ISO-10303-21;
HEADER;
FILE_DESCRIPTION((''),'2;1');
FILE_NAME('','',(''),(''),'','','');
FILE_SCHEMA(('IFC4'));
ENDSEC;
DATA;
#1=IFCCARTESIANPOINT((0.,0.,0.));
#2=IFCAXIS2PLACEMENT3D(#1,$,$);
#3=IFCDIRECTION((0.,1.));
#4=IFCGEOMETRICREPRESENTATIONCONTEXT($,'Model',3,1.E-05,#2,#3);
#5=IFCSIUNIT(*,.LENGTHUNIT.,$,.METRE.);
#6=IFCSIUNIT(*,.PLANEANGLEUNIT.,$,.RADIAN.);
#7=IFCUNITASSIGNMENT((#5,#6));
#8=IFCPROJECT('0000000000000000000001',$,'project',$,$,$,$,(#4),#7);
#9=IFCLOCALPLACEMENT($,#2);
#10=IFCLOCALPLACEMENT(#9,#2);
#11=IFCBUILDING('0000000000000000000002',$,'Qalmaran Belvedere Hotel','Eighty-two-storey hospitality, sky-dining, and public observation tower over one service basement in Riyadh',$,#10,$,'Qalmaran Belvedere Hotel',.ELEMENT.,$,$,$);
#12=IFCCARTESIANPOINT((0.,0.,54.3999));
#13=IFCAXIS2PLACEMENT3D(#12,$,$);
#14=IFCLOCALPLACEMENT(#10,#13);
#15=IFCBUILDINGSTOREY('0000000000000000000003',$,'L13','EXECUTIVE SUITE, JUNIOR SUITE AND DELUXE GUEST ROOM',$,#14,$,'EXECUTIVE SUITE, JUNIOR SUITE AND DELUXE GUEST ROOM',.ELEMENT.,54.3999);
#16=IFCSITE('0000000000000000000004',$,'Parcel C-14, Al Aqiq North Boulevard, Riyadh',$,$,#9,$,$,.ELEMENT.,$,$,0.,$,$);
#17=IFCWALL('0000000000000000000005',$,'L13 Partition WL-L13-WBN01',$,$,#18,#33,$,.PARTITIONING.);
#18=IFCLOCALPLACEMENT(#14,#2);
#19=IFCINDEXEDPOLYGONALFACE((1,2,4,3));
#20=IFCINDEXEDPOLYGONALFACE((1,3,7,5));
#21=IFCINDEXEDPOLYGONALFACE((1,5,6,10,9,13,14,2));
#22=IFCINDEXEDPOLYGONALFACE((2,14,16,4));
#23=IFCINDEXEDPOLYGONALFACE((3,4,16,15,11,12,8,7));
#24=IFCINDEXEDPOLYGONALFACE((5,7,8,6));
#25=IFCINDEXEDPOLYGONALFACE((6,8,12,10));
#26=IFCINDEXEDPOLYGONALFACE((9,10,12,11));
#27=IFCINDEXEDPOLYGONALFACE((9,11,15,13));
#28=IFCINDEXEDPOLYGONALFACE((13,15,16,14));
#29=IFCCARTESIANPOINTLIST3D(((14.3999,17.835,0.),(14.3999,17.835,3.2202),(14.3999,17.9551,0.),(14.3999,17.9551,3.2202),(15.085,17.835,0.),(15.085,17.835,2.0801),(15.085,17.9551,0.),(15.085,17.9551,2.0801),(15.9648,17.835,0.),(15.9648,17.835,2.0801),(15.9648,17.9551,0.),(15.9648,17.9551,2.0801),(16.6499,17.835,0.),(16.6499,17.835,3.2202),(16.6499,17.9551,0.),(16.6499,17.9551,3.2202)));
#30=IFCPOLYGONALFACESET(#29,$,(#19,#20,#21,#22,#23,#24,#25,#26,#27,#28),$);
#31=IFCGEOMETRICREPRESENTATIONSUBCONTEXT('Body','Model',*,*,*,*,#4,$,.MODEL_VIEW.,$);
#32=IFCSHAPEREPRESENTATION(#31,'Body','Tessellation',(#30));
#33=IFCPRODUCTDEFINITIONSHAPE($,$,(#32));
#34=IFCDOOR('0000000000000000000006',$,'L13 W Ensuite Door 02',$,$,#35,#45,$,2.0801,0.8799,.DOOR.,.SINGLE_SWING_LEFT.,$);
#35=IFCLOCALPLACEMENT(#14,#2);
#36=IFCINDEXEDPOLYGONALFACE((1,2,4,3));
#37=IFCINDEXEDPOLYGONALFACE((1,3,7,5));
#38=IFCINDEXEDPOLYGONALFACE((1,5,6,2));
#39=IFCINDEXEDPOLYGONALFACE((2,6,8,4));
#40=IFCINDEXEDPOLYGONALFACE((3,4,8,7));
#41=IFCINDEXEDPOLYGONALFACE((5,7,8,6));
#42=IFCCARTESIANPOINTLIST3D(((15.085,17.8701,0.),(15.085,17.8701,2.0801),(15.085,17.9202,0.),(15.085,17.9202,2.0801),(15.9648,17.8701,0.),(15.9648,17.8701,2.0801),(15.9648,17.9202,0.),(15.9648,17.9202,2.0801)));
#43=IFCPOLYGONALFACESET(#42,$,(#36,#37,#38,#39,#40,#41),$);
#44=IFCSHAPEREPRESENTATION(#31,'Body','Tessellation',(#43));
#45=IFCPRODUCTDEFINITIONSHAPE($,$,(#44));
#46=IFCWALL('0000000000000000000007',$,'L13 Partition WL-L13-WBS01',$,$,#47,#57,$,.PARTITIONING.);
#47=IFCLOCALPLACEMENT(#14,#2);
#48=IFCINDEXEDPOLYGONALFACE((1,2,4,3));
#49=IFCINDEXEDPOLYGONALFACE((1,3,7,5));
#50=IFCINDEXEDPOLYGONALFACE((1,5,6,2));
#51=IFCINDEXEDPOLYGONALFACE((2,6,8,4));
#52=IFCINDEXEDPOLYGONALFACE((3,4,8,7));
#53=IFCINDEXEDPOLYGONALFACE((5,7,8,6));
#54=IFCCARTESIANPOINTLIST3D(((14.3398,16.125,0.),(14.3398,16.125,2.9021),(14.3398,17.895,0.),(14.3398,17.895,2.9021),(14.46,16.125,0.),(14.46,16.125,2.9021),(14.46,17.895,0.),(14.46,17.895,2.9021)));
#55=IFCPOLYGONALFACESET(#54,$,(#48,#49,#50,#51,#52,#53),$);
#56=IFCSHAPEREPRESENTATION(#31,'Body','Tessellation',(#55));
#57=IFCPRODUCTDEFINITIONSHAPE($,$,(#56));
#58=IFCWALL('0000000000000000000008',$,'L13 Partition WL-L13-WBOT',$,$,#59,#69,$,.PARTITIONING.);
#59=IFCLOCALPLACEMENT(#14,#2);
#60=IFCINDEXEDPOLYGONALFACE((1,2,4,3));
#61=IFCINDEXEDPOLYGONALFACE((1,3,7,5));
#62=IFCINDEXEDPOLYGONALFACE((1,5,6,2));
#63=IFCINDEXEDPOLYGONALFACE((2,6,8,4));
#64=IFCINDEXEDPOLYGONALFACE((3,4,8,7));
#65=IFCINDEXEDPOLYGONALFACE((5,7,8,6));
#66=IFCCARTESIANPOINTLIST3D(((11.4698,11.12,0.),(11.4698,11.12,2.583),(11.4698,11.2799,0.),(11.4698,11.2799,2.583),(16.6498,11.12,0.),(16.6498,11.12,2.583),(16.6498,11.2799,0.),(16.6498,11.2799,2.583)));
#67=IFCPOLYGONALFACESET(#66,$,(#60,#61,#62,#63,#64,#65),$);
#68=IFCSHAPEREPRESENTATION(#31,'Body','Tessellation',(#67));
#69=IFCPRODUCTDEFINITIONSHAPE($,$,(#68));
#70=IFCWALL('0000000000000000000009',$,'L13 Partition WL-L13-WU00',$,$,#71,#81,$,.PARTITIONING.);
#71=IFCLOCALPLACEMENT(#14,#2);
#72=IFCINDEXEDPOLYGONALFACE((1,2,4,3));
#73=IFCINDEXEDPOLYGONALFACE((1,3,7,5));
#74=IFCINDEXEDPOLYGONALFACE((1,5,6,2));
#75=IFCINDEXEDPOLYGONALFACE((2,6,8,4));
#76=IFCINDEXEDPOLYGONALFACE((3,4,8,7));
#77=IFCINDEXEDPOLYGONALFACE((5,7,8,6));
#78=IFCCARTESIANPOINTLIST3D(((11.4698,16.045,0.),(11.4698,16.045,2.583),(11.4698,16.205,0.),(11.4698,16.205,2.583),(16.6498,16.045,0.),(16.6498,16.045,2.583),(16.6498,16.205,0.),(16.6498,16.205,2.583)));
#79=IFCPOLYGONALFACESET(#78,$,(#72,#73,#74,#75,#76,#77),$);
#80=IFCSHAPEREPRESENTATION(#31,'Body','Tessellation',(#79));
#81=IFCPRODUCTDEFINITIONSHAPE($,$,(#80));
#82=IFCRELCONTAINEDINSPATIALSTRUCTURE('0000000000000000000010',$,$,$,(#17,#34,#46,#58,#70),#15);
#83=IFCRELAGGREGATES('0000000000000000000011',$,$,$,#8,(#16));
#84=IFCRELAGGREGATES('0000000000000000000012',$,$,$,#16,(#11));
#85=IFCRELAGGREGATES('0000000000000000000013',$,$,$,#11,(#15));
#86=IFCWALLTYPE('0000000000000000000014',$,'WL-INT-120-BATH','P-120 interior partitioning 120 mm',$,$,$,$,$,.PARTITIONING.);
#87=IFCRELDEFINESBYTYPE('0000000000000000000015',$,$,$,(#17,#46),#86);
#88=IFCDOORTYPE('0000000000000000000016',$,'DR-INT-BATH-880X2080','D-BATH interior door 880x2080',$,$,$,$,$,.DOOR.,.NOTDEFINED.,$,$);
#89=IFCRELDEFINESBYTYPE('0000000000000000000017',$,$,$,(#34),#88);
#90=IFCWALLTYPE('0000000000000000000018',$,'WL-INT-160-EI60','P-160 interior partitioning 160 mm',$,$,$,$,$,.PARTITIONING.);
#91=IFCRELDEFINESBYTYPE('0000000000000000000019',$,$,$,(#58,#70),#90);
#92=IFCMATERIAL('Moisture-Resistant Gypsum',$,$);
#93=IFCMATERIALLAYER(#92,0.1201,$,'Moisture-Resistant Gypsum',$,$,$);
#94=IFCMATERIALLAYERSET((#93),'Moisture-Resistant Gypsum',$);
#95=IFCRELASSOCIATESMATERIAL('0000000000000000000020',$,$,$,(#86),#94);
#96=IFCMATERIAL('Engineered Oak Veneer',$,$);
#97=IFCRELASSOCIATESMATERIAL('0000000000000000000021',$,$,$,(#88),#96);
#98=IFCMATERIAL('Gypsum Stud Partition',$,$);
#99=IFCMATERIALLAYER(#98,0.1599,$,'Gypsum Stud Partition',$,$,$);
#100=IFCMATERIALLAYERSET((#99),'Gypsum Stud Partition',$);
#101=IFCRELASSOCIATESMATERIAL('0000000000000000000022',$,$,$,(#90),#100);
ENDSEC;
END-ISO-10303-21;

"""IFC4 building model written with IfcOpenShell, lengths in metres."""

from ifc_helpers import new_model, si_unit, direction, frame, frame_2d, origin, place, context, subcontext, project, spatial, rectangle, extrude, material, layer, layer_set, type_object, element, fill, save


model = new_model("IFC4")

# Units and contexts
model_context = context("Model", 3, precision=1e-05, world=origin(), true_north=direction((0.0, 1.0)))
body_context = subcontext(model_context, "Body", "Model", "MODEL_VIEW")
ifc_project = project(units=[si_unit("LENGTHUNIT", "METRE"), si_unit("PLANEANGLEUNIT", "RADIAN")], contexts=[model_context])

# Site, building, storey
site_placement = place(None, origin())
site = spatial("IfcSite", under=ifc_project, at=site_placement, Name="Parcel C-14, Al Aqiq North Boulevard, Riyadh", CompositionType="ELEMENT", RefElevation=0.0)
building_placement = place(site_placement, origin())
building = spatial("IfcBuilding", under=site, at=building_placement, Name="Qalmaran Belvedere Hotel", Description="Eighty-two-storey hospitality, sky-dining, and public observation tower over one service basement in Riyadh", LongName="Qalmaran Belvedere Hotel", CompositionType="ELEMENT")
storey_placement = place(building_placement, frame((0.0, 0.0, 54.3999)))
storey = spatial("IfcBuildingStorey", under=building, at=storey_placement, Name="L13", Description="EXECUTIVE SUITE, JUNIOR SUITE AND DELUXE GUEST ROOM", LongName="EXECUTIVE SUITE, JUNIOR SUITE AND DELUXE GUEST ROOM", CompositionType="ELEMENT", Elevation=54.3999)

# Shared definitions
ifc_material_1 = material(Name="Moisture-Resistant Gypsum")
ifc_layer_1 = layer(ifc_material_1, 0.1201, Name="Moisture-Resistant Gypsum")
ifc_layer_set_1 = layer_set([ifc_layer_1], Name="Moisture-Resistant Gypsum")
wall_type_1 = type_object("IfcWallType", Name="WL-INT-120-BATH", Description="P-120 interior partitioning 120 mm", PredefinedType="PARTITIONING", material=ifc_layer_set_1)
ifc_material_2 = material(Name="Engineered Oak Veneer")
door_type = type_object("IfcDoorType", Name="DR-INT-BATH-880X2080", Description="D-BATH interior door 880x2080", OperationType="NOTDEFINED", PredefinedType="DOOR", material=ifc_material_2)

# Wall, opening, door
wall_1_placement = place(storey_placement, frame((14.3999, 17.895, 0.0), z_axis=(0.0, 0.0, 1.0), x_axis=(1.0, 0.0, 0.0)))
wall_1 = element("IfcWall", 1, at=wall_1_placement, inside=storey, type_object=wall_type_1, Name="L13 Partition WL-L13-WBN01", PredefinedType="PARTITIONING", context=body_context, shape_type="SweptSolid", body=[
    extrude(rectangle(XDim=2.25, YDim=0.1201, at=frame_2d((1.125, 0.0))), origin(), (0.0, 0.0, 1.0), 3.2202),
])
opening_1_placement = place(wall_1_placement, frame((1.5649, 0.0, 0.0), z_axis=(0.0, 0.0, 1.0), x_axis=(-1.0, 0.0, 0.0)))
opening_1 = element("IfcOpeningElement", 2, at=opening_1_placement, cuts=wall_1, PredefinedType="OPENING", context=body_context, shape_type="SweptSolid", body=[
    extrude(rectangle(XDim=0.8799, YDim=2.0801, at=frame_2d((0.4399, 1.04))), frame((0.0, 0.0701, 0.0), z_axis=(0.0, -1.0, 0.0), x_axis=(1.0, 0.0, 0.0)), (0.0, 0.0, 1.0), 0.1401),
])
door_1_placement = place(opening_1_placement, origin())
door_1 = element("IfcDoor", 3, at=door_1_placement, inside=storey, type_object=door_type, Name="L13 W Ensuite Door 02", OperationType="SINGLE_SWING_LEFT", OverallHeight=2.0801, OverallWidth=0.8799, PredefinedType="DOOR", context=body_context, shape_type="SweptSolid", body=[
    extrude(rectangle(XDim=0.8799, YDim=2.0801, at=frame_2d((0.4399, 1.04))), frame((0.0, 0.0249, 0.0), z_axis=(0.0, -1.0, 0.0), x_axis=(1.0, 0.0, 0.0)), (0.0, 0.0, 1.0), 0.05),
])
fill(opening_1, door_1)

# Walls
wall_2_placement = place(storey_placement, frame((14.3999, 16.125, 0.0), z_axis=(0.0, 0.0, 1.0), x_axis=(0.0, 1.0, 0.0)))
element("IfcWall", 4, at=wall_2_placement, inside=storey, type_object=wall_type_1, Name="L13 Partition WL-L13-WBS01", PredefinedType="PARTITIONING", context=body_context, shape_type="SweptSolid", body=[
    extrude(rectangle(XDim=1.77, YDim=0.1201, at=frame_2d((0.885, 0.0))), origin(), (0.0, 0.0, 1.0), 2.9021),
])
ifc_material_3 = material(Name="Gypsum Stud Partition")
ifc_layer_2 = layer(ifc_material_3, 0.1599, Name="Gypsum Stud Partition")
ifc_layer_set_2 = layer_set([ifc_layer_2], Name="Gypsum Stud Partition")
wall_type_2 = type_object("IfcWallType", Name="WL-INT-160-EI60", Description="P-160 interior partitioning 160 mm", PredefinedType="PARTITIONING", material=ifc_layer_set_2)
for number, where, z_axis, x_axis, name in (
    (5, (11.47, 11.2, 0.0), (0.0, 0.0, 1.0), (1.0, 0.0, 0.0), "L13 Partition WL-L13-WBOT"),
    (6, (11.47, 16.125, 0.0), (0.0, 0.0, 1.0), (1.0, 0.0, 0.0), "L13 Partition WL-L13-WU00"),
):
    element("IfcWall", number, at=place(storey_placement, frame(where, z_axis=z_axis, x_axis=x_axis)), inside=storey, type_object=wall_type_2, Name=name, PredefinedType="PARTITIONING", context=body_context, shape_type="SweptSolid", body=[
        extrude(rectangle(XDim=5.1799, YDim=0.1599, at=frame_2d((2.5898, 0.0))), origin(), (0.0, 0.0, 1.0), 2.583),
    ])

save(model, "model.ifc")
